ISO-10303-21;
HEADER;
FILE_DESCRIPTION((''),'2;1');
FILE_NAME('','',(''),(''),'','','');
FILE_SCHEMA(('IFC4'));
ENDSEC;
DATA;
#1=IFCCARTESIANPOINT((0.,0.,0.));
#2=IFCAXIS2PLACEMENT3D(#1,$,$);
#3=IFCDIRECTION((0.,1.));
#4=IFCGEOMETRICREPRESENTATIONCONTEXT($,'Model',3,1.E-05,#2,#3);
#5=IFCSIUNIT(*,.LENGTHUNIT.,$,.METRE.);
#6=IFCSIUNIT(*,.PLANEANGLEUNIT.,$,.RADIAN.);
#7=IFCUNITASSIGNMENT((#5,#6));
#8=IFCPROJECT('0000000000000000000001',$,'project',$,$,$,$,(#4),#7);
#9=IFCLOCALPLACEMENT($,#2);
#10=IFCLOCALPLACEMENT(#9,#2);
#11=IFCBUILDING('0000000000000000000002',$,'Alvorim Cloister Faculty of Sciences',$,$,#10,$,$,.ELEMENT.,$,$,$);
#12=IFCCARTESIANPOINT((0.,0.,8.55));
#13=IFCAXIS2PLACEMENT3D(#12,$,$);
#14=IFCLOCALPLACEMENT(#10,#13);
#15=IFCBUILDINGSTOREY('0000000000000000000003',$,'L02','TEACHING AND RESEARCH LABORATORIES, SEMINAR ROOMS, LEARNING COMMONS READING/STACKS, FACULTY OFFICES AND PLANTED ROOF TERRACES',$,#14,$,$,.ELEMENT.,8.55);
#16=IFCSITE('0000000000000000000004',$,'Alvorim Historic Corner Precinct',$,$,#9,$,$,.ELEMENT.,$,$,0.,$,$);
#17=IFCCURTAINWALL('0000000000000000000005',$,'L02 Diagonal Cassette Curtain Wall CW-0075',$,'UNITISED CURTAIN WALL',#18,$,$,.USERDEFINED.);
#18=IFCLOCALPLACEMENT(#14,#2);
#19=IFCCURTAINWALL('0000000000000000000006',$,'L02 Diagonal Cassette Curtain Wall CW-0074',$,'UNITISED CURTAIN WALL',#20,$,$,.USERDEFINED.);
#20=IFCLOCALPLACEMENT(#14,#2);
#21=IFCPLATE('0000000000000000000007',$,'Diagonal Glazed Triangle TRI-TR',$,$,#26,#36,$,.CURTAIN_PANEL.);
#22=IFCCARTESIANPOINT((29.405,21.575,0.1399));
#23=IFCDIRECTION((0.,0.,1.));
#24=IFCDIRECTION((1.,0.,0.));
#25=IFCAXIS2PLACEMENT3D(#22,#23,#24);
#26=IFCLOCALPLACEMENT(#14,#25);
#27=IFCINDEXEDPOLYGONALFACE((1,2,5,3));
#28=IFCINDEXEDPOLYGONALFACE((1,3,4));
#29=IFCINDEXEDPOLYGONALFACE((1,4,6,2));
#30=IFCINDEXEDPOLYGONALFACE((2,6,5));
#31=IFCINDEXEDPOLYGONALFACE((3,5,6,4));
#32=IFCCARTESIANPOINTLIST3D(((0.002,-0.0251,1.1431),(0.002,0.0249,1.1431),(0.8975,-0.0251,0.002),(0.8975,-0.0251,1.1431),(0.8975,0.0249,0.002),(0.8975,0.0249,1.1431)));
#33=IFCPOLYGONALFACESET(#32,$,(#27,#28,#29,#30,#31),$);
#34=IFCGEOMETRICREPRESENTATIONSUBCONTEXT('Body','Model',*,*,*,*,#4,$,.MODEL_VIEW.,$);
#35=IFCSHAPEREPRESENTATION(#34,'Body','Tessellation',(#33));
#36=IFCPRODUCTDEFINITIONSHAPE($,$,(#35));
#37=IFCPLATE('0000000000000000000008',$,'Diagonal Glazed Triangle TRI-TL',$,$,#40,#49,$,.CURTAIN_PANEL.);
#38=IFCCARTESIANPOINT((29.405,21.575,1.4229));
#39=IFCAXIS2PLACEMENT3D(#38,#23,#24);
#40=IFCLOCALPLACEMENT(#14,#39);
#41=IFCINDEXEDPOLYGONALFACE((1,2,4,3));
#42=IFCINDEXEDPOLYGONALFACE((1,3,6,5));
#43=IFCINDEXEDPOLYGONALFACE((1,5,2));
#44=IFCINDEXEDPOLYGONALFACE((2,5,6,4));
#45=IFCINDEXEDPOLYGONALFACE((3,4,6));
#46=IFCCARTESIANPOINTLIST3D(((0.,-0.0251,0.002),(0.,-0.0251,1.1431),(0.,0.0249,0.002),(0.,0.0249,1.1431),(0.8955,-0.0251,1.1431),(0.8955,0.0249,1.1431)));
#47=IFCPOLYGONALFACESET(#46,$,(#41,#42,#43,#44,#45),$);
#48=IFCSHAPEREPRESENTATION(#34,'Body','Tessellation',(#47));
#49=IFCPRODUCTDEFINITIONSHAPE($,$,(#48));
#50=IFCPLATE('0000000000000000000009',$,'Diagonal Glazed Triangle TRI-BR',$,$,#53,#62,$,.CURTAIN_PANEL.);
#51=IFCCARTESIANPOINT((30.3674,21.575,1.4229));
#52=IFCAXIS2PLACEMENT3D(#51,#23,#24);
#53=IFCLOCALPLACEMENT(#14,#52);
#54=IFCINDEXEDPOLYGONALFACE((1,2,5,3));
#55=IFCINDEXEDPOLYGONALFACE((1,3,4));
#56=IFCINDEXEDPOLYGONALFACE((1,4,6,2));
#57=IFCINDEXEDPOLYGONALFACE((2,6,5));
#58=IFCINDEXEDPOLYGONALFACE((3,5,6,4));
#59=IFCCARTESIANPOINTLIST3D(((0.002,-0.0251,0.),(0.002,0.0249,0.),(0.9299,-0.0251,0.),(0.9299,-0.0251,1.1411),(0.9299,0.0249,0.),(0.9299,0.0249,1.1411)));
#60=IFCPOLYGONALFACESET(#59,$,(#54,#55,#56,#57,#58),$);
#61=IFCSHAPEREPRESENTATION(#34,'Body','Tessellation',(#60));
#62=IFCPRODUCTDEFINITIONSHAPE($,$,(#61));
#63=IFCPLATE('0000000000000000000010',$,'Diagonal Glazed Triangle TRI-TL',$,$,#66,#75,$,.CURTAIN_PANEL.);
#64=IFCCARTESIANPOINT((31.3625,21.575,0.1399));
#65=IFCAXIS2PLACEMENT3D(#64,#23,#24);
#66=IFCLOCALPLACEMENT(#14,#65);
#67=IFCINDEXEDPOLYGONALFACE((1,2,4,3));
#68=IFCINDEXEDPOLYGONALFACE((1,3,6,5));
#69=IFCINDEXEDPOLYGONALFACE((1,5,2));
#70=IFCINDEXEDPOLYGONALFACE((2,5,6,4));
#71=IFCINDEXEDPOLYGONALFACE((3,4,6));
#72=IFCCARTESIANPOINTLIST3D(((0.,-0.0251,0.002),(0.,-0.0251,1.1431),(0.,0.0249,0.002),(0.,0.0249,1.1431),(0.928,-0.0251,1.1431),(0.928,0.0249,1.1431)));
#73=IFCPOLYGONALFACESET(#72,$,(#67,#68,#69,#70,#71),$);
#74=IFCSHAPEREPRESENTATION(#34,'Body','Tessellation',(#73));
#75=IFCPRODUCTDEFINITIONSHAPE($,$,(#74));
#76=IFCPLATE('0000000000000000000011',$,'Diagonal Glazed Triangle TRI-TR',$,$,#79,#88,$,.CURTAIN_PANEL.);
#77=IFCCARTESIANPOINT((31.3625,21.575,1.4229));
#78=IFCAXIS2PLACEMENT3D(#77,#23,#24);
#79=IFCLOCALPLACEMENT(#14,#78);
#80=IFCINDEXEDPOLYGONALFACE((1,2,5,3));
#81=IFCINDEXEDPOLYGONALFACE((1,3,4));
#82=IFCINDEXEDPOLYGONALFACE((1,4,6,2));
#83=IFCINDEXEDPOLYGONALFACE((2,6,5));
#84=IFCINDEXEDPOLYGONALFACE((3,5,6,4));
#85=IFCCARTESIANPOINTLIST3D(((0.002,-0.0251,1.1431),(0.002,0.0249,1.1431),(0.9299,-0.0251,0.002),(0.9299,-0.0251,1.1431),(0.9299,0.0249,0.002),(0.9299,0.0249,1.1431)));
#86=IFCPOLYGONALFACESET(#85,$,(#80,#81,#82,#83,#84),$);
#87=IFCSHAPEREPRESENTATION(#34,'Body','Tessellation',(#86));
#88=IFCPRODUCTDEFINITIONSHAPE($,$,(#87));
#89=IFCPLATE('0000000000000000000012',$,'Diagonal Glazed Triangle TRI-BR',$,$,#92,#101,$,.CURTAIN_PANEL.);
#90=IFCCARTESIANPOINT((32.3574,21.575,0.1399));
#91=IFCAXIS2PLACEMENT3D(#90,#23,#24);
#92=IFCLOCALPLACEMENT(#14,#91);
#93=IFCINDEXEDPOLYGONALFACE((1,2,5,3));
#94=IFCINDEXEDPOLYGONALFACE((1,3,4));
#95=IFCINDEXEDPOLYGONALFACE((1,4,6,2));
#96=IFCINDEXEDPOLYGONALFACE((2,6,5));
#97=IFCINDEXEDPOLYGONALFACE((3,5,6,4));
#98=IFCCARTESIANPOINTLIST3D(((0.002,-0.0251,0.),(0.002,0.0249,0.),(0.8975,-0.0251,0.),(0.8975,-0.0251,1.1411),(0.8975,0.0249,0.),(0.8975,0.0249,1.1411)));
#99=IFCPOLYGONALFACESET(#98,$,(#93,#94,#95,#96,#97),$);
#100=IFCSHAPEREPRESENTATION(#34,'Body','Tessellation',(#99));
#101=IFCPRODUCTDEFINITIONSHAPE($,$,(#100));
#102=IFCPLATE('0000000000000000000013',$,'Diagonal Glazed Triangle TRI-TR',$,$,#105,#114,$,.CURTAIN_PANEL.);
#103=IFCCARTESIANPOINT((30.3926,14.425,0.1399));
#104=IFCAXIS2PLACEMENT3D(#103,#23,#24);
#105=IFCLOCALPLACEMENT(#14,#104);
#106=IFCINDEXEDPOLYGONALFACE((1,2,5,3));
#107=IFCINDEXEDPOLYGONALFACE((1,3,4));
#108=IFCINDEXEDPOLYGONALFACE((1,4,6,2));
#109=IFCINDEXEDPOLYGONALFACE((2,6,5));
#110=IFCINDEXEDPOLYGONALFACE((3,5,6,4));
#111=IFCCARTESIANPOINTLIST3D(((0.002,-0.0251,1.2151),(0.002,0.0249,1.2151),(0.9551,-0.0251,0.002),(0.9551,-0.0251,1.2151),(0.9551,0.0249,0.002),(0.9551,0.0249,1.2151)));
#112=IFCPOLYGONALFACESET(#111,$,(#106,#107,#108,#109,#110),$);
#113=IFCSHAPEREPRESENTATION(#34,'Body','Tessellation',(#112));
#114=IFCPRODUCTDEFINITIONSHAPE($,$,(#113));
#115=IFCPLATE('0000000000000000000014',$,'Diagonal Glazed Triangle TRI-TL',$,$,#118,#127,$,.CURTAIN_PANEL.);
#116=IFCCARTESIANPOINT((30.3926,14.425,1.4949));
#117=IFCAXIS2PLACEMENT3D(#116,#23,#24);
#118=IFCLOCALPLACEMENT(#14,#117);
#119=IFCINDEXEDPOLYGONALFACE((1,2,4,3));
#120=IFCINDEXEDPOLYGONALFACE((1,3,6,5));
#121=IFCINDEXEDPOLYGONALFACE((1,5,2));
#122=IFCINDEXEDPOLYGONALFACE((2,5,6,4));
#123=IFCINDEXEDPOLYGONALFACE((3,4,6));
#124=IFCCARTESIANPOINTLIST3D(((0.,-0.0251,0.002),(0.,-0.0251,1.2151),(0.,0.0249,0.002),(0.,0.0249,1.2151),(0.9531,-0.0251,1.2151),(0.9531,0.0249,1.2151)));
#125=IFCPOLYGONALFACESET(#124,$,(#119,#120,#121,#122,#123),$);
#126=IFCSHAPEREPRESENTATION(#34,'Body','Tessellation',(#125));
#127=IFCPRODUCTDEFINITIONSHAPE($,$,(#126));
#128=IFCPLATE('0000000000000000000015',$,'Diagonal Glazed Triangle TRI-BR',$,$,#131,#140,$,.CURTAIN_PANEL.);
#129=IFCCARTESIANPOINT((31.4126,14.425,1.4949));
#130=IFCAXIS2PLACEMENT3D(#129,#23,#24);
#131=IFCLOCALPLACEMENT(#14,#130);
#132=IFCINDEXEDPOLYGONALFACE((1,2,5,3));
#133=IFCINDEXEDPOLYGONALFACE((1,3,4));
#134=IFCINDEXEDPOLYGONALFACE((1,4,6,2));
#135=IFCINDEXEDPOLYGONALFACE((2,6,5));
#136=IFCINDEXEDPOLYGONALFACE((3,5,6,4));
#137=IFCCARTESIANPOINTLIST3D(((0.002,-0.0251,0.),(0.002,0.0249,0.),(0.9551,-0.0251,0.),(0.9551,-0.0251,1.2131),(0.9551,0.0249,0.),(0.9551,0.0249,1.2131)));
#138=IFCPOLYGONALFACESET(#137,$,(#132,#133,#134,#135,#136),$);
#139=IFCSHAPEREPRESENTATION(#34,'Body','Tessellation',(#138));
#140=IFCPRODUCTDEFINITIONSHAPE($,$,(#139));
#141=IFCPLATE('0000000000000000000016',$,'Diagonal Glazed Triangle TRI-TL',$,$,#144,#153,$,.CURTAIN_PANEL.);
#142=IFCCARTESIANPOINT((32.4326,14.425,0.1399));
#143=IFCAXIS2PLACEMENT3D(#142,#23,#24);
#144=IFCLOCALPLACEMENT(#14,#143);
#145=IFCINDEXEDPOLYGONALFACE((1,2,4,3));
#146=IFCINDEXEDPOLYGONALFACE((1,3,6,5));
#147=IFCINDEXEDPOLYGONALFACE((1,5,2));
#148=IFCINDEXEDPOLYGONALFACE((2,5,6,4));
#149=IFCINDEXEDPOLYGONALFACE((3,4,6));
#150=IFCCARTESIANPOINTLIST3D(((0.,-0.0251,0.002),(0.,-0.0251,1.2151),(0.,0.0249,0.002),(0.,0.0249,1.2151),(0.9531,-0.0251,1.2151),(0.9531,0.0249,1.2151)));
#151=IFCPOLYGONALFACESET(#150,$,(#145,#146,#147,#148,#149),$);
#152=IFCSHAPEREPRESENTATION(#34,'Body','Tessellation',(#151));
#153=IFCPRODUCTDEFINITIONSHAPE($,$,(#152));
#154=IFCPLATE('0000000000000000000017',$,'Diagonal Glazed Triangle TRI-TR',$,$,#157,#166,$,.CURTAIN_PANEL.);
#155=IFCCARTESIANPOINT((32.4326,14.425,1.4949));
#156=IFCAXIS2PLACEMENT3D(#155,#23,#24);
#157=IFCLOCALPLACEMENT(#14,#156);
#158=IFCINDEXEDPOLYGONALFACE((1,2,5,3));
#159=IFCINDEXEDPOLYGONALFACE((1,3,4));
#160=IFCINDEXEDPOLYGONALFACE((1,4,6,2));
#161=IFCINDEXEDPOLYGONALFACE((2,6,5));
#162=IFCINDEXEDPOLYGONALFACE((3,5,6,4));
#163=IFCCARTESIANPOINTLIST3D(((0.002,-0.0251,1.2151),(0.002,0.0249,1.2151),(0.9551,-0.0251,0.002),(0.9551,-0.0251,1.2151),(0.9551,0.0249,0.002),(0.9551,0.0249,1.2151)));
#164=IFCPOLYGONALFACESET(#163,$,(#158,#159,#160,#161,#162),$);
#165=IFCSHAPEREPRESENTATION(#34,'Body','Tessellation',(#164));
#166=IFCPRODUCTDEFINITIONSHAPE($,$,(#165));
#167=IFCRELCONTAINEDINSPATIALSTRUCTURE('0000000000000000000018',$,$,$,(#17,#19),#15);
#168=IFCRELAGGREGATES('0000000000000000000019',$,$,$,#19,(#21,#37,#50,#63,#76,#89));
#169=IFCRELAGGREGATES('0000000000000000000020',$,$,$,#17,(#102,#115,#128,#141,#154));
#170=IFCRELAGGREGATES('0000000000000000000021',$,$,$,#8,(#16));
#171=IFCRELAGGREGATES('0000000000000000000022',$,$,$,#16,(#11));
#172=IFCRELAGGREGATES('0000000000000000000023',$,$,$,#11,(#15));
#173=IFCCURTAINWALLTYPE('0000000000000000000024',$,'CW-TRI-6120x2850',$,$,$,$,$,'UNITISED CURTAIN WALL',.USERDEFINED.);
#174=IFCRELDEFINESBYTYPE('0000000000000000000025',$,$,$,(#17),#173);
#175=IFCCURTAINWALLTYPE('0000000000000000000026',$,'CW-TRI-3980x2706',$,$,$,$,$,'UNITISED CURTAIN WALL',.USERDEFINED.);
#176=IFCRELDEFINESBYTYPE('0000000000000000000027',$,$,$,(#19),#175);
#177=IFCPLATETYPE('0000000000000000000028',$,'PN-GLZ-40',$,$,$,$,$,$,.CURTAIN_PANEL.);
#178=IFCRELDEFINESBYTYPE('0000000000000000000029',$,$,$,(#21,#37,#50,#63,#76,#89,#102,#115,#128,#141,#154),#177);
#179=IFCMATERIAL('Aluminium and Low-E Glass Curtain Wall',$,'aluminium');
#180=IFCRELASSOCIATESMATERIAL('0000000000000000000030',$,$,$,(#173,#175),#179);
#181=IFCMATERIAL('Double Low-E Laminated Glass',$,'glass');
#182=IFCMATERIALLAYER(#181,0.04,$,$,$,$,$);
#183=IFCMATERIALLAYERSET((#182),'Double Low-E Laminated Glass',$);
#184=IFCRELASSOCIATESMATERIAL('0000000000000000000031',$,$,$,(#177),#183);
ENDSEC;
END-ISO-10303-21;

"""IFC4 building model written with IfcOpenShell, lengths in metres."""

from ifc_helpers import new_model, si_unit, direction, frame, origin, place, context, subcontext, project, spatial, polyline, outline, extrude, material, layer, layer_set, type_object, element, aggregate, save


model = new_model("IFC4")

# Units and contexts
model_context = context("Model", 3, precision=1e-05, world=origin(), true_north=direction((0.0, 1.0)))
body_context = subcontext(model_context, "Body", "Model", "MODEL_VIEW")
ifc_project = project(units=[si_unit("LENGTHUNIT", "METRE"), si_unit("PLANEANGLEUNIT", "RADIAN")], contexts=[model_context])

# Site, building, storey
site_placement = place(None, origin())
site = spatial("IfcSite", under=ifc_project, at=site_placement, Name="Alvorim Historic Corner Precinct", CompositionType="ELEMENT", RefElevation=0.0)
building_placement = place(site_placement, origin())
building = spatial("IfcBuilding", under=site, at=building_placement, Name="Alvorim Cloister Faculty of Sciences", CompositionType="ELEMENT")
storey_placement = place(building_placement, frame((0.0, 0.0, 8.55)))
storey = spatial("IfcBuildingStorey", under=building, at=storey_placement, Name="L02", Description="TEACHING AND RESEARCH LABORATORIES, SEMINAR ROOMS, LEARNING COMMONS READING/STACKS, FACULTY OFFICES AND PLANTED ROOF TERRACES", CompositionType="ELEMENT", Elevation=8.55)

# Curtain wall
ifc_material_1 = material(Name="Aluminium and Low-E Glass Curtain Wall", Category="aluminium")
curtain_wall_type_1 = type_object("IfcCurtainWallType", Name="CW-TRI-6120x2850", ElementType="UNITISED CURTAIN WALL", PredefinedType="USERDEFINED", material=ifc_material_1)
curtain_wall_1_placement = place(storey_placement, origin())
curtain_wall_1 = element("IfcCurtainWall", 1, at=curtain_wall_1_placement, inside=storey, type_object=curtain_wall_type_1, Name="L02 Diagonal Cassette Curtain Wall CW-0075", ObjectType="UNITISED CURTAIN WALL", PredefinedType="USERDEFINED")

# Curtain wall, plates
curtain_wall_type_2 = type_object("IfcCurtainWallType", Name="CW-TRI-3980x2706", ElementType="UNITISED CURTAIN WALL", PredefinedType="USERDEFINED", material=ifc_material_1)
curtain_wall_2_placement = place(storey_placement, origin())
curtain_wall_2 = element("IfcCurtainWall", 2, at=curtain_wall_2_placement, inside=storey, type_object=curtain_wall_type_2, Name="L02 Diagonal Cassette Curtain Wall CW-0074", ObjectType="UNITISED CURTAIN WALL", PredefinedType="USERDEFINED")
ifc_material_2 = material(Name="Double Low-E Laminated Glass", Category="glass")
ifc_layer = layer(ifc_material_2, 0.04)
ifc_layer_set = layer_set([ifc_layer], Name="Double Low-E Laminated Glass")
plate_type = type_object("IfcPlateType", Name="PN-GLZ-40", PredefinedType="CURTAIN_PANEL", material=ifc_layer_set)
plate_1_placement = place(storey_placement, frame((29.405, 21.575, 0.1399), z_axis=(0.0, 0.0, 1.0), x_axis=(1.0, 0.0, 0.0)))
plate_1 = element("IfcPlate", 3, at=plate_1_placement, type_object=plate_type, Name="Diagonal Glazed Triangle TRI-TR", PredefinedType="CURTAIN_PANEL", context=body_context, shape_type="SweptSolid", body=[
    extrude(outline(polyline([(0.8975, 0.002), (0.8975, 1.1431), (0.002, 1.1431), (0.8975, 0.002)])), frame((0.0, 0.0249, 0.0), z_axis=(0.0, -1.0, 0.0), x_axis=(1.0, 0.0, 0.0)), (0.0, 0.0, 1.0), 0.05),
])
plate_2_placement = place(storey_placement, frame((29.405, 21.575, 1.4229), z_axis=(0.0, 0.0, 1.0), x_axis=(1.0, 0.0, 0.0)))
plate_2 = element("IfcPlate", 4, at=plate_2_placement, type_object=plate_type, Name="Diagonal Glazed Triangle TRI-TL", PredefinedType="CURTAIN_PANEL", context=body_context, shape_type="SweptSolid", body=[
    extrude(outline(polyline([(0.8955, 1.1431), (0.0, 1.1431), (0.0, 0.002), (0.8955, 1.1431)])), frame((0.0, 0.0249, 0.0), z_axis=(0.0, -1.0, 0.0), x_axis=(1.0, 0.0, 0.0)), (0.0, 0.0, 1.0), 0.05),
])
plate_3_placement = place(storey_placement, frame((30.3674, 21.575, 1.4229), z_axis=(0.0, 0.0, 1.0), x_axis=(1.0, 0.0, 0.0)))
plate_3 = element("IfcPlate", 5, at=plate_3_placement, type_object=plate_type, Name="Diagonal Glazed Triangle TRI-BR", PredefinedType="CURTAIN_PANEL", context=body_context, shape_type="SweptSolid", body=[
    extrude(outline(polyline([(0.002, 0.0), (0.9299, 0.0), (0.9299, 1.1411), (0.002, 0.0)])), frame((0.0, 0.0249, 0.0), z_axis=(0.0, -1.0, 0.0), x_axis=(1.0, 0.0, 0.0)), (0.0, 0.0, 1.0), 0.05),
])
plate_4_placement = place(storey_placement, frame((31.3625, 21.575, 0.1399), z_axis=(0.0, 0.0, 1.0), x_axis=(1.0, 0.0, 0.0)))
plate_4 = element("IfcPlate", 6, at=plate_4_placement, type_object=plate_type, Name="Diagonal Glazed Triangle TRI-TL", PredefinedType="CURTAIN_PANEL", context=body_context, shape_type="SweptSolid", body=[
    extrude(outline(polyline([(0.928, 1.1431), (0.0, 1.1431), (0.0, 0.002), (0.928, 1.1431)])), frame((0.0, 0.0249, 0.0), z_axis=(0.0, -1.0, 0.0), x_axis=(1.0, 0.0, 0.0)), (0.0, 0.0, 1.0), 0.05),
])
plate_5_placement = place(storey_placement, frame((31.3625, 21.575, 1.4229), z_axis=(0.0, 0.0, 1.0), x_axis=(1.0, 0.0, 0.0)))
plate_5 = element("IfcPlate", 7, at=plate_5_placement, type_object=plate_type, Name="Diagonal Glazed Triangle TRI-TR", PredefinedType="CURTAIN_PANEL", context=body_context, shape_type="SweptSolid", body=[
    extrude(outline(polyline([(0.9299, 0.002), (0.9299, 1.1431), (0.002, 1.1431), (0.9299, 0.002)])), frame((0.0, 0.0249, 0.0), z_axis=(0.0, -1.0, 0.0), x_axis=(1.0, 0.0, 0.0)), (0.0, 0.0, 1.0), 0.05),
])
plate_6_placement = place(storey_placement, frame((32.3574, 21.575, 0.1399), z_axis=(0.0, 0.0, 1.0), x_axis=(1.0, 0.0, 0.0)))
plate_6 = element("IfcPlate", 8, at=plate_6_placement, type_object=plate_type, Name="Diagonal Glazed Triangle TRI-BR", PredefinedType="CURTAIN_PANEL", context=body_context, shape_type="SweptSolid", body=[
    extrude(outline(polyline([(0.002, 0.0), (0.8975, 0.0), (0.8975, 1.1411), (0.002, 0.0)])), frame((0.0, 0.0249, 0.0), z_axis=(0.0, -1.0, 0.0), x_axis=(1.0, 0.0, 0.0)), (0.0, 0.0, 1.0), 0.05),
])
aggregate(curtain_wall_2, [plate_1, plate_2, plate_3, plate_4, plate_5, plate_6])

# Plates
plate_7_placement = place(storey_placement, frame((30.3926, 14.425, 0.1399), z_axis=(0.0, 0.0, 1.0), x_axis=(1.0, 0.0, 0.0)))
plate_7 = element("IfcPlate", 9, at=plate_7_placement, type_object=plate_type, Name="Diagonal Glazed Triangle TRI-TR", PredefinedType="CURTAIN_PANEL", context=body_context, shape_type="SweptSolid", body=[
    extrude(outline(polyline([(0.9551, 0.002), (0.9551, 1.2151), (0.002, 1.2151), (0.9551, 0.002)])), frame((0.0, 0.0249, 0.0), z_axis=(0.0, -1.0, 0.0), x_axis=(1.0, 0.0, 0.0)), (0.0, 0.0, 1.0), 0.05),
])
plate_8_placement = place(storey_placement, frame((30.3926, 14.425, 1.4949), z_axis=(0.0, 0.0, 1.0), x_axis=(1.0, 0.0, 0.0)))
plate_8 = element("IfcPlate", 10, at=plate_8_placement, type_object=plate_type, Name="Diagonal Glazed Triangle TRI-TL", PredefinedType="CURTAIN_PANEL", context=body_context, shape_type="SweptSolid", body=[
    extrude(outline(polyline([(0.9531, 1.2151), (0.0, 1.2151), (0.0, 0.002), (0.9531, 1.2151)])), frame((0.0, 0.0249, 0.0), z_axis=(0.0, -1.0, 0.0), x_axis=(1.0, 0.0, 0.0)), (0.0, 0.0, 1.0), 0.05),
])
plate_9_placement = place(storey_placement, frame((31.4126, 14.425, 1.4949), z_axis=(0.0, 0.0, 1.0), x_axis=(1.0, 0.0, 0.0)))
plate_9 = element("IfcPlate", 11, at=plate_9_placement, type_object=plate_type, Name="Diagonal Glazed Triangle TRI-BR", PredefinedType="CURTAIN_PANEL", context=body_context, shape_type="SweptSolid", body=[
    extrude(outline(polyline([(0.002, 0.0), (0.9551, 0.0), (0.9551, 1.2131), (0.002, 0.0)])), frame((0.0, 0.0249, 0.0), z_axis=(0.0, -1.0, 0.0), x_axis=(1.0, 0.0, 0.0)), (0.0, 0.0, 1.0), 0.05),
])
plate_10_placement = place(storey_placement, frame((32.4326, 14.425, 0.1399), z_axis=(0.0, 0.0, 1.0), x_axis=(1.0, 0.0, 0.0)))
plate_10 = element("IfcPlate", 12, at=plate_10_placement, type_object=plate_type, Name="Diagonal Glazed Triangle TRI-TL", PredefinedType="CURTAIN_PANEL", context=body_context, shape_type="SweptSolid", body=[
    extrude(outline(polyline([(0.9531, 1.2151), (0.0, 1.2151), (0.0, 0.002), (0.9531, 1.2151)])), frame((0.0, 0.0249, 0.0), z_axis=(0.0, -1.0, 0.0), x_axis=(1.0, 0.0, 0.0)), (0.0, 0.0, 1.0), 0.05),
])
plate_11_placement = place(storey_placement, frame((32.4326, 14.425, 1.4949), z_axis=(0.0, 0.0, 1.0), x_axis=(1.0, 0.0, 0.0)))
plate_11 = element("IfcPlate", 13, at=plate_11_placement, type_object=plate_type, Name="Diagonal Glazed Triangle TRI-TR", PredefinedType="CURTAIN_PANEL", context=body_context, shape_type="SweptSolid", body=[
    extrude(outline(polyline([(0.9551, 0.002), (0.9551, 1.2151), (0.002, 1.2151), (0.9551, 0.002)])), frame((0.0, 0.0249, 0.0), z_axis=(0.0, -1.0, 0.0), x_axis=(1.0, 0.0, 0.0)), (0.0, 0.0, 1.0), 0.05),
])
aggregate(curtain_wall_1, [plate_7, plate_8, plate_9, plate_10, plate_11])

save(model, "model.ifc")
